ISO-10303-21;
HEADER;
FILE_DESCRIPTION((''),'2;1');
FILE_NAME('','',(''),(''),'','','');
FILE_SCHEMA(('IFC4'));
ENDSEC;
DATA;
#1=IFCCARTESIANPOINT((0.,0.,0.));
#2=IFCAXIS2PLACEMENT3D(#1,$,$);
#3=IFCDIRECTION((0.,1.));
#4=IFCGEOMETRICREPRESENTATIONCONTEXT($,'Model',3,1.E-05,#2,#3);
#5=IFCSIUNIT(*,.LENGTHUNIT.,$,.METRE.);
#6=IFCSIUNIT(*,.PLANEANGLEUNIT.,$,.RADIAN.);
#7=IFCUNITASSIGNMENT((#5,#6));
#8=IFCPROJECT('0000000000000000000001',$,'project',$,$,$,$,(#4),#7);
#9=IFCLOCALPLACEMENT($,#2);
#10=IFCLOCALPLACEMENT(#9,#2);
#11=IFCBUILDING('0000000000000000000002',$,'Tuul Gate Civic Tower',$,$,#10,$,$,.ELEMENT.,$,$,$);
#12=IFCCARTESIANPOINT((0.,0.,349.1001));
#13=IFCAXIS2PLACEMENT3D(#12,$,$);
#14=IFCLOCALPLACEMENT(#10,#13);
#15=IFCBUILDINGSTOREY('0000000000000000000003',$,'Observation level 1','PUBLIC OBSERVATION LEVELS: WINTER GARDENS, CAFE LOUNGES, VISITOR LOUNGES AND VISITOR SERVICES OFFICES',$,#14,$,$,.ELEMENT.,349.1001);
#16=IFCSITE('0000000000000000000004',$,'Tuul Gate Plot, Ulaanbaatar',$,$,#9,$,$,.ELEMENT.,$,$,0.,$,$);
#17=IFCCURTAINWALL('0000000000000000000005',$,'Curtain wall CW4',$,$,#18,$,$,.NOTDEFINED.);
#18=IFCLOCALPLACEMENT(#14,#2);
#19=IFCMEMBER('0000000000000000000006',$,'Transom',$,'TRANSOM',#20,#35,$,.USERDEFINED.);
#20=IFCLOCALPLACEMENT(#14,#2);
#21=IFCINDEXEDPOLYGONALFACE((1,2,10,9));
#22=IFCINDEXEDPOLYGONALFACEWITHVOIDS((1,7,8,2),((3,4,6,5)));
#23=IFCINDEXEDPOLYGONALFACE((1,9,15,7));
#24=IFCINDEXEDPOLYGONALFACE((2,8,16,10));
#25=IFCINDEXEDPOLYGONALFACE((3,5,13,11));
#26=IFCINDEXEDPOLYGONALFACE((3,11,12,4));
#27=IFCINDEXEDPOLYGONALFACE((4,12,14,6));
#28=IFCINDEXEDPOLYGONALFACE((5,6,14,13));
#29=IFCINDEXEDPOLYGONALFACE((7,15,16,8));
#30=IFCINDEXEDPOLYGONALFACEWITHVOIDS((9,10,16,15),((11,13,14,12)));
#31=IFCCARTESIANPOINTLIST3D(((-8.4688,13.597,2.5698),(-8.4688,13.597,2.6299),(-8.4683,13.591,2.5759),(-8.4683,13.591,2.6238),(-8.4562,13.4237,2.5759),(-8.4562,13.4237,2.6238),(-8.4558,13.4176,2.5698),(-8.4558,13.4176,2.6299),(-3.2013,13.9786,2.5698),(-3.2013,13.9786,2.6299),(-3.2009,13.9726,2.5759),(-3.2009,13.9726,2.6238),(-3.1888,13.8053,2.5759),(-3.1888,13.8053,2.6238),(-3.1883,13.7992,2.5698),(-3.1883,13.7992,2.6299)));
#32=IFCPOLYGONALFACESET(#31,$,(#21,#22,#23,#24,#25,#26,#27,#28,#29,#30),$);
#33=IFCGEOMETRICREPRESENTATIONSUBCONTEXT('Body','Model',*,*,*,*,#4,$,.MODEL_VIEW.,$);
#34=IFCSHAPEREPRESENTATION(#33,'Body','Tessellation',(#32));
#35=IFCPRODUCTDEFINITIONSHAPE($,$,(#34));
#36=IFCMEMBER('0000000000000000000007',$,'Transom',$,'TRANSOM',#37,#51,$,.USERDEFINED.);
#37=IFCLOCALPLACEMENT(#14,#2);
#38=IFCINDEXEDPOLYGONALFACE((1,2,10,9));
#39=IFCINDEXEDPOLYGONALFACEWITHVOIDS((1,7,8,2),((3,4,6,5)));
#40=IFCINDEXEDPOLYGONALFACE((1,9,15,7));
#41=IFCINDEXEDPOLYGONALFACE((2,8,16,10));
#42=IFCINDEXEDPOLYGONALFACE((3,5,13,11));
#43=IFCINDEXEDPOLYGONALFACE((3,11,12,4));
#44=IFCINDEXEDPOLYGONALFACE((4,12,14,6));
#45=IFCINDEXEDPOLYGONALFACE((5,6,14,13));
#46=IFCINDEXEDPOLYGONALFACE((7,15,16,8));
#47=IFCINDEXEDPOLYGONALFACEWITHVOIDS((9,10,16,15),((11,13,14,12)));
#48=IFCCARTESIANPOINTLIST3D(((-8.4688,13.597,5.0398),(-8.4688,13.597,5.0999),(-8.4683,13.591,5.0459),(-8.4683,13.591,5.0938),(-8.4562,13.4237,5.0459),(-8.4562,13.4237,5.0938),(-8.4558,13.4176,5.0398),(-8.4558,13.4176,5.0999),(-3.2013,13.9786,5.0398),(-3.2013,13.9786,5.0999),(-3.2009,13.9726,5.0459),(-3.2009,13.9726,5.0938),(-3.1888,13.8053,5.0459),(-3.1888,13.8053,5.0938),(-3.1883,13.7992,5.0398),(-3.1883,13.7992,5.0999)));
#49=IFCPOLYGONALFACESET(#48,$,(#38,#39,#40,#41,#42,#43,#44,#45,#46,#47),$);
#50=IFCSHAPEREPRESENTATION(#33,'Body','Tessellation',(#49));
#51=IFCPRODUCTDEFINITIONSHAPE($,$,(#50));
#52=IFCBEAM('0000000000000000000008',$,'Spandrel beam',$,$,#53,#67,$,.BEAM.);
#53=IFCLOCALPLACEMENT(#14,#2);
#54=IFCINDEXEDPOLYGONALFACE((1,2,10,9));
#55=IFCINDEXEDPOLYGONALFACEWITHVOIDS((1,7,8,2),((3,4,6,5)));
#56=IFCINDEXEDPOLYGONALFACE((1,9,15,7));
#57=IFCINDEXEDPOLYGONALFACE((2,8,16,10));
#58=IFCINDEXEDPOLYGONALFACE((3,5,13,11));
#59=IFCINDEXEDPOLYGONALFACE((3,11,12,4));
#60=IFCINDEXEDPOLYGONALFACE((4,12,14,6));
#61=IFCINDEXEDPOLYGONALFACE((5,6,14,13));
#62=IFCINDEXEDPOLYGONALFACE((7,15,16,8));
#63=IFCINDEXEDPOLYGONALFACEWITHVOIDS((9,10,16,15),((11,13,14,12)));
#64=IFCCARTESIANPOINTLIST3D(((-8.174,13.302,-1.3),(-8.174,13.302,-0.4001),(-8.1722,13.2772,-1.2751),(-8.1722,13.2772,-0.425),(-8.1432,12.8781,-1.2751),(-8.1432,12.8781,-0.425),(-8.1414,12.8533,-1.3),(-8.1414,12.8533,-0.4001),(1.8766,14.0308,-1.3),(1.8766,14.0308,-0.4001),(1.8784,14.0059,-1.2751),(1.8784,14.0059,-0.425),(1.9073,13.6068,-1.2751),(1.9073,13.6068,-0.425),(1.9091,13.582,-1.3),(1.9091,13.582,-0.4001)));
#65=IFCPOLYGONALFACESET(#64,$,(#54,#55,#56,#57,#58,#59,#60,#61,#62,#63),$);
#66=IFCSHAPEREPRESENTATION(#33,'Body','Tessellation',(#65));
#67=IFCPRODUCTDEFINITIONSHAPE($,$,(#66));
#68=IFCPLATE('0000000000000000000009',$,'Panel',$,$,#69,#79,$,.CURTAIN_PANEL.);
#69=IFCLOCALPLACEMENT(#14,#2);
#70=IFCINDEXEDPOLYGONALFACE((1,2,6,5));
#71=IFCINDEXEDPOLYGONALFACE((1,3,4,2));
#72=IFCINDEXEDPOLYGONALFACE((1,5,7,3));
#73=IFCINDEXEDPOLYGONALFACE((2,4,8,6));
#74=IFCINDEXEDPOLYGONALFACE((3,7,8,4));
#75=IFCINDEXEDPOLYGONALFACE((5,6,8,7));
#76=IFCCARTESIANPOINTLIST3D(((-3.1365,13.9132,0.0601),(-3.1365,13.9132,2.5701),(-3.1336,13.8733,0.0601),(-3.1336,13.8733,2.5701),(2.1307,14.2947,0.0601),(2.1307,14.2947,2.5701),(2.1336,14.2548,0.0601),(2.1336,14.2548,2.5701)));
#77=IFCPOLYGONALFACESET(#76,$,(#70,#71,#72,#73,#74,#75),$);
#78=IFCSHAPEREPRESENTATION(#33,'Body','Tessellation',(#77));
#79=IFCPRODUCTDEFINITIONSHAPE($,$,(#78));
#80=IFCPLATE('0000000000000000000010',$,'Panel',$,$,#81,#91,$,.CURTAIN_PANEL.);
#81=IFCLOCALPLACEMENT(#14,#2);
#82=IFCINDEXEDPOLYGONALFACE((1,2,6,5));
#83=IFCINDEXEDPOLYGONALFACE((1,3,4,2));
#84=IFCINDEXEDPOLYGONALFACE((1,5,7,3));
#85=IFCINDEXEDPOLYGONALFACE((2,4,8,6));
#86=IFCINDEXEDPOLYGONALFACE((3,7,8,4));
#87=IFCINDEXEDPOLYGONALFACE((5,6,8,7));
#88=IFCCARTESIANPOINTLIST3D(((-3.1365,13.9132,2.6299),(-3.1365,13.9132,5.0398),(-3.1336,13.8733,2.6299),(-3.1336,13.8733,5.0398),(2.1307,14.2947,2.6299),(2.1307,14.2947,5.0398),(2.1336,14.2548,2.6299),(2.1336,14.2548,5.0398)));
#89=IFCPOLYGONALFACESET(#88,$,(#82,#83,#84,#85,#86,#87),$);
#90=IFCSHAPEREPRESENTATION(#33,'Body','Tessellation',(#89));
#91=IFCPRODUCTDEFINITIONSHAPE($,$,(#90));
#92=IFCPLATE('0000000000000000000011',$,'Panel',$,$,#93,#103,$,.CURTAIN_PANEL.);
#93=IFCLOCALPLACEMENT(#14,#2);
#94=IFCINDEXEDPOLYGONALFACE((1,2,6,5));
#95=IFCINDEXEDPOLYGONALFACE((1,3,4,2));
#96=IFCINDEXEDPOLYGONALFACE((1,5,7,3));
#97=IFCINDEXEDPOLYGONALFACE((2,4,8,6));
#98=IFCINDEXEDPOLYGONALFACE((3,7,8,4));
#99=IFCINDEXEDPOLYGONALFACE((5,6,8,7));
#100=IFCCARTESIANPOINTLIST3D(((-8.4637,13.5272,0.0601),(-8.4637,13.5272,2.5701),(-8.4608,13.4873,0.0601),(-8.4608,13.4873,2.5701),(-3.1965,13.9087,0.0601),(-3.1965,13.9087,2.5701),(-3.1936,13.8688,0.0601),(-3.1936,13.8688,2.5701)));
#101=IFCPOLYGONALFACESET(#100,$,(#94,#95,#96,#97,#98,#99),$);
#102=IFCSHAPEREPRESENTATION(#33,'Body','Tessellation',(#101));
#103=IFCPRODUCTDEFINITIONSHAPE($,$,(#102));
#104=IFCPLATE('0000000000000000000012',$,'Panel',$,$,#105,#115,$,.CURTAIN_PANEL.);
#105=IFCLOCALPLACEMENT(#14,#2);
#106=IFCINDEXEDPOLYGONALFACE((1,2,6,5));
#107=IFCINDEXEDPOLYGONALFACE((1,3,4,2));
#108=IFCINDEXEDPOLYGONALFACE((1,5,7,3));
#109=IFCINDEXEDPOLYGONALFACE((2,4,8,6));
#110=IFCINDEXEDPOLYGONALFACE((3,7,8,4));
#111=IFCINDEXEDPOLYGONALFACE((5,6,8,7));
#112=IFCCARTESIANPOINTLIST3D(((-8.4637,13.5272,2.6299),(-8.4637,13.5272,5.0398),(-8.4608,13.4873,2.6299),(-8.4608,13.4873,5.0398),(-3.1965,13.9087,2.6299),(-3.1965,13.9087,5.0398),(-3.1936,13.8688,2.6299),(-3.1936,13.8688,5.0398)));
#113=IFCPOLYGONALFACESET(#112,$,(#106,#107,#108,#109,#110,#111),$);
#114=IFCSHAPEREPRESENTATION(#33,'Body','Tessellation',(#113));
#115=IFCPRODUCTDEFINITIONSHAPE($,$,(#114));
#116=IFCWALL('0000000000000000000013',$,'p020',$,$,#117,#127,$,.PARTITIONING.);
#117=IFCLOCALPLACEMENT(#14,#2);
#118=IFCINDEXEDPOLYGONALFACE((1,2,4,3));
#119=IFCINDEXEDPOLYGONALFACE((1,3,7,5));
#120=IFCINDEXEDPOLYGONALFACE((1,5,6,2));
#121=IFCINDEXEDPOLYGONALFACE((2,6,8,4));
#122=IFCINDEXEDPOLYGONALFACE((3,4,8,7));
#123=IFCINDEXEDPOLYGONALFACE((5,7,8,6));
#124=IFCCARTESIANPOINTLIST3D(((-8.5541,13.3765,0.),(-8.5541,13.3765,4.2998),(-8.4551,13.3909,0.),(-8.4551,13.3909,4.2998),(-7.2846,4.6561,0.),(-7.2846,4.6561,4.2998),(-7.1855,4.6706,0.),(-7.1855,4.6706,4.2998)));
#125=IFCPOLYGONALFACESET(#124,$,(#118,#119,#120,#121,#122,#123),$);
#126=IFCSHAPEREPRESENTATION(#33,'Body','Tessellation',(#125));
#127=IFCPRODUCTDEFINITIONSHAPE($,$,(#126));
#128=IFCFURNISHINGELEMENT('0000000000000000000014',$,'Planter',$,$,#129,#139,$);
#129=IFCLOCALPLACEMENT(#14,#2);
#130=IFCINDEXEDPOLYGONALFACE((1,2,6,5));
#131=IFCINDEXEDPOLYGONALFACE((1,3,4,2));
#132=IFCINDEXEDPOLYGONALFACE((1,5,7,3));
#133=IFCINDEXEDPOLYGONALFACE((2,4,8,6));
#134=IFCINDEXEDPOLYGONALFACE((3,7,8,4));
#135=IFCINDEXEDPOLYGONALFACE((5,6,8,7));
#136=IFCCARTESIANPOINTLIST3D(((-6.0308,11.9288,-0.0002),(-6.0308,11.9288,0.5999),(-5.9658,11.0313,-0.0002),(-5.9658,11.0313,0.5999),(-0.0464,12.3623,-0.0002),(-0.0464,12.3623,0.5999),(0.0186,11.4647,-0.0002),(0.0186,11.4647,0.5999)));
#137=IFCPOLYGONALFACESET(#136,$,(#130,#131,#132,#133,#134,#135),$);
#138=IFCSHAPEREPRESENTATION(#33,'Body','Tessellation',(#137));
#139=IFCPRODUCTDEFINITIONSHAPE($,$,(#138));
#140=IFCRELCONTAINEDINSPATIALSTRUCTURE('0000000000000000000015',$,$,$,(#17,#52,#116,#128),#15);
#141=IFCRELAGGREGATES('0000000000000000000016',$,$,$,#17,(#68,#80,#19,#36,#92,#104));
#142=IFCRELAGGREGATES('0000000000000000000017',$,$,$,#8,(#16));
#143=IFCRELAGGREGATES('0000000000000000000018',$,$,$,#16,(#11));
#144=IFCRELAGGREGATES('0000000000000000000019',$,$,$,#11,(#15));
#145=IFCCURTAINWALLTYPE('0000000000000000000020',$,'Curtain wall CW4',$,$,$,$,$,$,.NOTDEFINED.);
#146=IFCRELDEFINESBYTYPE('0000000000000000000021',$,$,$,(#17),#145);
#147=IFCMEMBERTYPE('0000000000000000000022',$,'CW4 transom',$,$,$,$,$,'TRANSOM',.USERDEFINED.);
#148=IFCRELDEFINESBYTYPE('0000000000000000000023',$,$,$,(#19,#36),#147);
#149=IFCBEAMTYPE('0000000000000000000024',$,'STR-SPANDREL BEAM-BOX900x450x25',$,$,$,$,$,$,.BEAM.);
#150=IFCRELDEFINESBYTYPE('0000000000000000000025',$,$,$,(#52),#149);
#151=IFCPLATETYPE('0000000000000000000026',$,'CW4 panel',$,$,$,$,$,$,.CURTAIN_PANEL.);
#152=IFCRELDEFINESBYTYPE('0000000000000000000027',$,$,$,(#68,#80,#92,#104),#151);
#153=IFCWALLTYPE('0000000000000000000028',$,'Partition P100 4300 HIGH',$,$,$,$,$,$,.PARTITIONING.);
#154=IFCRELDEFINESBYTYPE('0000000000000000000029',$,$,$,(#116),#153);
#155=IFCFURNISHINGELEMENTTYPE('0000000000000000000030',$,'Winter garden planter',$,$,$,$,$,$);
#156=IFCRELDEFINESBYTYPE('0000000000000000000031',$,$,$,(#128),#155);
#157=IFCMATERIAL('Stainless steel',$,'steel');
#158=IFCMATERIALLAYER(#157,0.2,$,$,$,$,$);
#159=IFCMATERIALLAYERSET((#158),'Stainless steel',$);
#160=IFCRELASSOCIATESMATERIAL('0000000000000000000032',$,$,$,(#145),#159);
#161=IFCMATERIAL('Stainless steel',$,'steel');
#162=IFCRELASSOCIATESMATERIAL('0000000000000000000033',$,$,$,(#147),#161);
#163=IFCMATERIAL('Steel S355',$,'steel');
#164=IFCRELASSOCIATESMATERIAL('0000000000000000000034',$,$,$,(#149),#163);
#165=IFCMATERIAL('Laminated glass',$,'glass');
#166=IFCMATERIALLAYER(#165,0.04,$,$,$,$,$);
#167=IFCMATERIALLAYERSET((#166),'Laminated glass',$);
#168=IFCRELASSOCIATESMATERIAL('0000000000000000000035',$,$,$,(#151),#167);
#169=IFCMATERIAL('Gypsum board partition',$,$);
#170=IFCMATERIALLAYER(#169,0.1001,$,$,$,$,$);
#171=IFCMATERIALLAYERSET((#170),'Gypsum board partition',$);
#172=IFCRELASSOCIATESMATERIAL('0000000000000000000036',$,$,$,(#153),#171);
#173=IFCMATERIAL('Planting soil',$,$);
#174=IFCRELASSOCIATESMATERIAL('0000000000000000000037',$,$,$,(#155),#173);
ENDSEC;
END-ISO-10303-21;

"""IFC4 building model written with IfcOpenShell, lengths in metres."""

from ifc_helpers import new_model, si_unit, direction, frame, frame_2d, origin, origin_2d, place, context, subcontext, project, spatial, rectangle, hollow_rectangle, extrude, material, layer, layer_set, material_profile, profile_set, type_object, element, aggregate, save


model = new_model("IFC4")

# Units and contexts
model_context = context("Model", 3, precision=1e-05, world=origin(), true_north=direction((0.0, 1.0)))
body_context = subcontext(model_context, "Body", "Model", "MODEL_VIEW")
ifc_project = project(units=[si_unit("LENGTHUNIT", "METRE"), si_unit("PLANEANGLEUNIT", "RADIAN")], contexts=[model_context])

# Site, building, storey
site_placement = place(None, origin())
site = spatial("IfcSite", under=ifc_project, at=site_placement, Name="Tuul Gate Plot, Ulaanbaatar", CompositionType="ELEMENT", RefElevation=0.0)
building_placement = place(site_placement, origin())
building = spatial("IfcBuilding", under=site, at=building_placement, Name="Tuul Gate Civic Tower", CompositionType="ELEMENT")
storey_placement = place(building_placement, frame((0.0, 0.0, 349.1001)))
storey = spatial("IfcBuildingStorey", under=building, at=storey_placement, Name="Observation level 1", Description="PUBLIC OBSERVATION LEVELS: WINTER GARDENS, CAFE LOUNGES, VISITOR LOUNGES AND VISITOR SERVICES OFFICES", CompositionType="ELEMENT", Elevation=349.1001)

# Shared definitions
ifc_material_1 = material(Name="Stainless steel", Category="steel")
ifc_layer_1 = layer(ifc_material_1, 0.2)
ifc_layer_set_1 = layer_set([ifc_layer_1], Name="Stainless steel")
curtain_wall_type = type_object("IfcCurtainWallType", Name="Curtain wall CW4", PredefinedType="NOTDEFINED", material=ifc_layer_set_1)

# Curtain wall
curtain_wall_1_placement = place(storey_placement, origin())
curtain_wall_1 = element("IfcCurtainWall", 1, at=curtain_wall_1_placement, inside=storey, type_object=curtain_wall_type, Name="Curtain wall CW4", PredefinedType="NOTDEFINED")

# Members
ifc_material_2 = material(Name="Stainless steel", Category="steel")
ifc_material_profile_1 = material_profile(ifc_material_2, hollow_rectangle(XDim=0.1799, YDim=0.0601, WallThickness=0.0061, at=origin_2d()), Name="CW4 transom")
ifc_profile_set_1 = profile_set([ifc_material_profile_1], Name="Stainless steel")
member_type_1 = type_object("IfcMemberType", Name="CW4 transom", ElementType="TRANSOM", PredefinedType="USERDEFINED", material=ifc_profile_set_1)
member_1_placement = place(storey_placement, frame((-3.1948, 13.8889, 2.5999), z_axis=(-0.997386, -0.072256, 0.0), x_axis=(0.072256, -0.997386, 0.0)))
member_1 = element("IfcMember", 2, at=member_1_placement, type_object=member_type_1, Name="Transom", ObjectType="TRANSOM", PredefinedType="USERDEFINED", context=body_context, shape_type="SweptSolid", body=[
    extrude(hollow_rectangle(XDim=0.1799, YDim=0.0601, WallThickness=0.0061, at=origin_2d()), origin(), (0.0, 0.0, 1.0), 5.2812),
])
member_2_placement = place(storey_placement, frame((-3.1948, 13.8889, 5.0698), z_axis=(-0.997386, -0.072256, 0.0), x_axis=(0.072256, -0.997386, 0.0)))
member_2 = element("IfcMember", 3, at=member_2_placement, type_object=member_type_1, Name="Transom", ObjectType="TRANSOM", PredefinedType="USERDEFINED", context=body_context, shape_type="SweptSolid", body=[
    extrude(hollow_rectangle(XDim=0.1799, YDim=0.0601, WallThickness=0.0061, at=origin_2d()), origin(), (0.0, 0.0, 1.0), 5.2812),
])

# Beam
ifc_material_3 = material(Name="Steel S355", Category="steel")
ifc_material_profile_2 = material_profile(ifc_material_3, hollow_rectangle(XDim=0.45, YDim=0.8999, WallThickness=0.0249, at=origin_2d()), Name="BOX900x450x25")
ifc_profile_set_2 = profile_set([ifc_material_profile_2], Name="Steel S355")
beam_type = type_object("IfcBeamType", Name="STR-SPANDREL BEAM-BOX900x450x25", PredefinedType="BEAM", material=ifc_profile_set_2)
beam_placement = place(storey_placement, frame((1.8928, 13.8064, -0.8501), z_axis=(-0.997382, -0.07232, 0.0), x_axis=(0.07232, -0.997382, 0.0)))
element("IfcBeam", 4, at=beam_placement, inside=storey, type_object=beam_type, Name="Spandrel beam", PredefinedType="BEAM", context=body_context, shape_type="SweptSolid", body=[
    extrude(hollow_rectangle(XDim=0.45, YDim=0.8999, WallThickness=0.0249, at=origin_2d()), origin(), (0.0, 0.0, 1.0), 10.0769),
])

# Plates
ifc_material_4 = material(Name="Laminated glass", Category="glass")
ifc_layer_2 = layer(ifc_material_4, 0.04)
ifc_layer_set_2 = layer_set([ifc_layer_2], Name="Laminated glass")
plate_type = type_object("IfcPlateType", Name="CW4 panel", PredefinedType="CURTAIN_PANEL", material=ifc_layer_set_2)
plate_1_placement = place(storey_placement, frame((-0.5015, 14.084, 0.0601), z_axis=(0.0, 0.0, 1.0), x_axis=(-0.997387, -0.072239, 0.0)))
plate_1 = element("IfcPlate", 5, at=plate_1_placement, type_object=plate_type, Name="Panel", PredefinedType="CURTAIN_PANEL", context=body_context, shape_type="SweptSolid", body=[
    extrude(rectangle(XDim=5.281, YDim=0.04, at=origin_2d()), origin(), (0.0, 0.0, 1.0), 2.51),
])
plate_2_placement = place(storey_placement, frame((-0.5015, 14.084, 2.6299), z_axis=(0.0, 0.0, 1.0), x_axis=(-0.997387, -0.072239, 0.0)))
plate_2 = element("IfcPlate", 6, at=plate_2_placement, type_object=plate_type, Name="Panel", PredefinedType="CURTAIN_PANEL", context=body_context, shape_type="SweptSolid", body=[
    extrude(rectangle(XDim=5.281, YDim=0.04, at=origin_2d()), origin(), (0.0, 0.0, 1.0), 2.4099),
])
plate_3_placement = place(storey_placement, frame((-5.8286, 13.698, 0.0601), z_axis=(0.0, 0.0, 1.0), x_axis=(-0.997387, -0.072239, 0.0)))
plate_3 = element("IfcPlate", 7, at=plate_3_placement, type_object=plate_type, Name="Panel", PredefinedType="CURTAIN_PANEL", context=body_context, shape_type="SweptSolid", body=[
    extrude(rectangle(XDim=5.281, YDim=0.04, at=origin_2d()), origin(), (0.0, 0.0, 1.0), 2.51),
])
plate_4_placement = place(storey_placement, frame((-5.8286, 13.698, 2.6299), z_axis=(0.0, 0.0, 1.0), x_axis=(-0.997387, -0.072239, 0.0)))
plate_4 = element("IfcPlate", 8, at=plate_4_placement, type_object=plate_type, Name="Panel", PredefinedType="CURTAIN_PANEL", context=body_context, shape_type="SweptSolid", body=[
    extrude(rectangle(XDim=5.281, YDim=0.04, at=origin_2d()), origin(), (0.0, 0.0, 1.0), 2.4099),
])
aggregate(curtain_wall_1, [plate_1, plate_2, member_1, member_2, plate_3, plate_4])

# Wall
ifc_material_5 = material(Name="Gypsum board partition")
ifc_layer_3 = layer(ifc_material_5, 0.1001)
ifc_layer_set_3 = layer_set([ifc_layer_3], Name="Gypsum board partition")
wall_type = type_object("IfcWallType", Name="Partition P100 4300 HIGH", PredefinedType="PARTITIONING", material=ifc_layer_set_3)
wall_placement = place(storey_placement, frame((-8.5046, 13.3838, 0.0), z_axis=(0.0, 0.0, 1.0), x_axis=(0.144066, -0.989568, 0.0)))
element("IfcWall", 9, at=wall_placement, inside=storey, type_object=wall_type, Name="p020", PredefinedType="PARTITIONING", context=body_context, shape_type="SweptSolid", body=[
    extrude(rectangle(XDim=8.8123, YDim=0.1001, at=frame_2d((4.4062, 0.0))), origin(), (0.0, 0.0, 1.0), 4.2998),
])

# Furnishing element
ifc_material_6 = material(Name="Planting soil")
furnishing_element_type = type_object("IfcFurnishingElementType", Name="Winter garden planter", material=ifc_material_6)
furnishing_placement = place(storey_placement, frame((-3.0061, 11.6968, -0.0002), z_axis=(0.0, 0.0, 1.0), x_axis=(-0.997387, -0.072239, 0.0)))
element("IfcFurnishingElement", 10, at=furnishing_placement, inside=storey, type_object=furnishing_element_type, Name="Planter", context=body_context, shape_type="SweptSolid", body=[
    extrude(rectangle(XDim=6.0, YDim=0.8999, at=origin_2d()), origin(), (0.0, 0.0, 1.0), 0.6001),
])

save(model, "model.ifc")
